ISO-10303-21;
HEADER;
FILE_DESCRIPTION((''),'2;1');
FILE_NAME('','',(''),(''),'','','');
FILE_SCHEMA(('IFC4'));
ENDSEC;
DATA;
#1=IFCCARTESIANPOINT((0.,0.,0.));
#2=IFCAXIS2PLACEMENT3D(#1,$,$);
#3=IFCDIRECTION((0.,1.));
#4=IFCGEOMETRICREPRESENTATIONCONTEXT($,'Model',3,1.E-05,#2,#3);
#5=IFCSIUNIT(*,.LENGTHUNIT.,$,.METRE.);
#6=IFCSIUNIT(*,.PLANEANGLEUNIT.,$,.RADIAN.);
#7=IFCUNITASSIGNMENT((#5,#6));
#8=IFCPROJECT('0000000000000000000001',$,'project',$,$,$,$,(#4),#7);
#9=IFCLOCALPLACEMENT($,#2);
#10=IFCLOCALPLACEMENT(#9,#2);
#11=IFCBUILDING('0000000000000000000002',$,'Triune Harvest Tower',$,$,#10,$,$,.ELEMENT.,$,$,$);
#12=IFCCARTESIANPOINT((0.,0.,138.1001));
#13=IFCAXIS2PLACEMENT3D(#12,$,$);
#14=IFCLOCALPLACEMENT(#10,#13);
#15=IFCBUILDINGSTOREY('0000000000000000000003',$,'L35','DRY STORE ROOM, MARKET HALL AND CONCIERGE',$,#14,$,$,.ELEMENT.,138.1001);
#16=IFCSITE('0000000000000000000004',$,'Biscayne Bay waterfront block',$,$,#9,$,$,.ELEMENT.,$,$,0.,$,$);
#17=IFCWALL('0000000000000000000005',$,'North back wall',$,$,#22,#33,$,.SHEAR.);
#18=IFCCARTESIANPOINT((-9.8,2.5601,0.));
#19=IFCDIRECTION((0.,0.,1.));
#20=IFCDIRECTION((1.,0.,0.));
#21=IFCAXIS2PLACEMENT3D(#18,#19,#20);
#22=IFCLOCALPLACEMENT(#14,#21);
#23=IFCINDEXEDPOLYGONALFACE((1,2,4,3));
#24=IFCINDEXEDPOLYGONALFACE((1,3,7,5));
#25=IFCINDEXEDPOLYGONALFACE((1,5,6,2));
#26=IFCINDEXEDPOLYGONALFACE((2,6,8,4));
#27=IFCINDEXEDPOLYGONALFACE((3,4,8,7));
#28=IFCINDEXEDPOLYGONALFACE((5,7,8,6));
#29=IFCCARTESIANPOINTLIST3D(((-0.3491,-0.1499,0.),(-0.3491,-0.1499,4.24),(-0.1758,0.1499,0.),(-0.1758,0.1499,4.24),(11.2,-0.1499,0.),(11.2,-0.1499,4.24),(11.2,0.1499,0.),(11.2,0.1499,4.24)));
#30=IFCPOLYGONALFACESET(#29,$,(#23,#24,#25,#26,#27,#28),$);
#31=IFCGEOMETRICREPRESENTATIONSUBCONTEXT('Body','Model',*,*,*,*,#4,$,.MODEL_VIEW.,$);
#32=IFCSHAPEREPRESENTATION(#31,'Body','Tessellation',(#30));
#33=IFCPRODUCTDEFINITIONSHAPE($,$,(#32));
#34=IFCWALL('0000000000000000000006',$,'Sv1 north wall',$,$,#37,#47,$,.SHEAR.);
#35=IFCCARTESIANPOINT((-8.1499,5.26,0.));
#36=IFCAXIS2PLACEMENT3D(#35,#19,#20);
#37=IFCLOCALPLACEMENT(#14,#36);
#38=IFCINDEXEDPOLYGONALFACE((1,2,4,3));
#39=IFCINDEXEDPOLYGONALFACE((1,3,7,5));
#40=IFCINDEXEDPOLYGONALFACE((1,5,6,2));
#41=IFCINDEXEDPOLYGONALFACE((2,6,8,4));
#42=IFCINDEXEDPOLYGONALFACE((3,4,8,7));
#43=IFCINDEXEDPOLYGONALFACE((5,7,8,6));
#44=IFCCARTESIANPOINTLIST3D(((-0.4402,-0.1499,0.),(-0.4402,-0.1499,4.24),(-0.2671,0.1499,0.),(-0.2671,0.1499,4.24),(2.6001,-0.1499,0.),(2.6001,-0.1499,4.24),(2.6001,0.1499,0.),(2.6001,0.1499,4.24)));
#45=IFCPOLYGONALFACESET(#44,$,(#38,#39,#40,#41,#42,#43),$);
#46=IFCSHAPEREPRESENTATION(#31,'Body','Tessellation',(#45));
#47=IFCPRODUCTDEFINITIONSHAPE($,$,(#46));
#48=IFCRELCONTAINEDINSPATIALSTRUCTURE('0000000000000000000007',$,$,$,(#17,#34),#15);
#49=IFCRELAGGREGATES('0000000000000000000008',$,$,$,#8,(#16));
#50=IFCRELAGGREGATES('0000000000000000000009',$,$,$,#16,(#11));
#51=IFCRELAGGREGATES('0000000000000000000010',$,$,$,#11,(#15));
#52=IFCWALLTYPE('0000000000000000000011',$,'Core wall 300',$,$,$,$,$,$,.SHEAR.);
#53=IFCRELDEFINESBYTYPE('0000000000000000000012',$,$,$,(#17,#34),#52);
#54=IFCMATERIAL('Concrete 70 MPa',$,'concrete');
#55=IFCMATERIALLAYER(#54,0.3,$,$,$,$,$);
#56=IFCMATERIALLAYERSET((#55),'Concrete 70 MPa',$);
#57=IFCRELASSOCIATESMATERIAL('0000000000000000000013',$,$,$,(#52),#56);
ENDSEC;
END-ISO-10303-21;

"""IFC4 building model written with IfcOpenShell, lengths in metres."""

from ifc_helpers import new_model, si_unit, direction, frame, origin, place, context, subcontext, project, spatial, polyline, outline, extrude, material, layer, layer_set, type_object, element, save


model = new_model("IFC4")

# Units and contexts
model_context = context("Model", 3, precision=1e-05, world=origin(), true_north=direction((0.0, 1.0)))
body_context = subcontext(model_context, "Body", "Model", "MODEL_VIEW")
ifc_project = project(units=[si_unit("LENGTHUNIT", "METRE"), si_unit("PLANEANGLEUNIT", "RADIAN")], contexts=[model_context])

# Site, building, storey
site_placement = place(None, origin())
site = spatial("IfcSite", under=ifc_project, at=site_placement, Name="Biscayne Bay waterfront block", CompositionType="ELEMENT", RefElevation=0.0)
building_placement = place(site_placement, origin())
building = spatial("IfcBuilding", under=site, at=building_placement, Name="Triune Harvest Tower", CompositionType="ELEMENT")
storey_placement = place(building_placement, frame((0.0, 0.0, 138.1001)))
storey = spatial("IfcBuildingStorey", under=building, at=storey_placement, Name="L35", Description="DRY STORE ROOM, MARKET HALL AND CONCIERGE", CompositionType="ELEMENT", Elevation=138.1001)

# Shared definitions
ifc_material_1 = material(Name="Concrete 70 MPa", Category="concrete")
ifc_layer_1 = layer(ifc_material_1, 0.3)
ifc_layer_set_1 = layer_set([ifc_layer_1], Name="Concrete 70 MPa")
wall_type_1 = type_object("IfcWallType", Name="Core wall 300", PredefinedType="SHEAR", material=ifc_layer_set_1)

# Walls
wall_1_placement = place(storey_placement, frame((-9.8, 2.5601, 0.0), z_axis=(0.0, 0.0, 1.0), x_axis=(1.0, 0.0, 0.0)))
element("IfcWall", 1, at=wall_1_placement, inside=storey, type_object=wall_type_1, Name="North back wall", PredefinedType="SHEAR", context=body_context, shape_type="SweptSolid", body=[
    extrude(outline(polyline([(11.2, -0.1499), (-0.3491, -0.1499), (-0.1758, 0.1499), (11.2, 0.1499), (11.2, -0.1499)])), origin(), (0.0, 0.0, 1.0), 4.24),
])
wall_2_placement = place(storey_placement, frame((-8.1499, 5.26, 0.0), z_axis=(0.0, 0.0, 1.0), x_axis=(1.0, 0.0, 0.0)))
element("IfcWall", 2, at=wall_2_placement, inside=storey, type_object=wall_type_1, Name="Sv1 north wall", PredefinedType="SHEAR", context=body_context, shape_type="SweptSolid", body=[
    extrude(outline(polyline([(2.6001, -0.1499), (-0.4402, -0.1499), (-0.2671, 0.1499), (2.6001, 0.1499), (2.6001, -0.1499)])), origin(), (0.0, 0.0, 1.0), 4.24),
])

save(model, "model.ifc")
